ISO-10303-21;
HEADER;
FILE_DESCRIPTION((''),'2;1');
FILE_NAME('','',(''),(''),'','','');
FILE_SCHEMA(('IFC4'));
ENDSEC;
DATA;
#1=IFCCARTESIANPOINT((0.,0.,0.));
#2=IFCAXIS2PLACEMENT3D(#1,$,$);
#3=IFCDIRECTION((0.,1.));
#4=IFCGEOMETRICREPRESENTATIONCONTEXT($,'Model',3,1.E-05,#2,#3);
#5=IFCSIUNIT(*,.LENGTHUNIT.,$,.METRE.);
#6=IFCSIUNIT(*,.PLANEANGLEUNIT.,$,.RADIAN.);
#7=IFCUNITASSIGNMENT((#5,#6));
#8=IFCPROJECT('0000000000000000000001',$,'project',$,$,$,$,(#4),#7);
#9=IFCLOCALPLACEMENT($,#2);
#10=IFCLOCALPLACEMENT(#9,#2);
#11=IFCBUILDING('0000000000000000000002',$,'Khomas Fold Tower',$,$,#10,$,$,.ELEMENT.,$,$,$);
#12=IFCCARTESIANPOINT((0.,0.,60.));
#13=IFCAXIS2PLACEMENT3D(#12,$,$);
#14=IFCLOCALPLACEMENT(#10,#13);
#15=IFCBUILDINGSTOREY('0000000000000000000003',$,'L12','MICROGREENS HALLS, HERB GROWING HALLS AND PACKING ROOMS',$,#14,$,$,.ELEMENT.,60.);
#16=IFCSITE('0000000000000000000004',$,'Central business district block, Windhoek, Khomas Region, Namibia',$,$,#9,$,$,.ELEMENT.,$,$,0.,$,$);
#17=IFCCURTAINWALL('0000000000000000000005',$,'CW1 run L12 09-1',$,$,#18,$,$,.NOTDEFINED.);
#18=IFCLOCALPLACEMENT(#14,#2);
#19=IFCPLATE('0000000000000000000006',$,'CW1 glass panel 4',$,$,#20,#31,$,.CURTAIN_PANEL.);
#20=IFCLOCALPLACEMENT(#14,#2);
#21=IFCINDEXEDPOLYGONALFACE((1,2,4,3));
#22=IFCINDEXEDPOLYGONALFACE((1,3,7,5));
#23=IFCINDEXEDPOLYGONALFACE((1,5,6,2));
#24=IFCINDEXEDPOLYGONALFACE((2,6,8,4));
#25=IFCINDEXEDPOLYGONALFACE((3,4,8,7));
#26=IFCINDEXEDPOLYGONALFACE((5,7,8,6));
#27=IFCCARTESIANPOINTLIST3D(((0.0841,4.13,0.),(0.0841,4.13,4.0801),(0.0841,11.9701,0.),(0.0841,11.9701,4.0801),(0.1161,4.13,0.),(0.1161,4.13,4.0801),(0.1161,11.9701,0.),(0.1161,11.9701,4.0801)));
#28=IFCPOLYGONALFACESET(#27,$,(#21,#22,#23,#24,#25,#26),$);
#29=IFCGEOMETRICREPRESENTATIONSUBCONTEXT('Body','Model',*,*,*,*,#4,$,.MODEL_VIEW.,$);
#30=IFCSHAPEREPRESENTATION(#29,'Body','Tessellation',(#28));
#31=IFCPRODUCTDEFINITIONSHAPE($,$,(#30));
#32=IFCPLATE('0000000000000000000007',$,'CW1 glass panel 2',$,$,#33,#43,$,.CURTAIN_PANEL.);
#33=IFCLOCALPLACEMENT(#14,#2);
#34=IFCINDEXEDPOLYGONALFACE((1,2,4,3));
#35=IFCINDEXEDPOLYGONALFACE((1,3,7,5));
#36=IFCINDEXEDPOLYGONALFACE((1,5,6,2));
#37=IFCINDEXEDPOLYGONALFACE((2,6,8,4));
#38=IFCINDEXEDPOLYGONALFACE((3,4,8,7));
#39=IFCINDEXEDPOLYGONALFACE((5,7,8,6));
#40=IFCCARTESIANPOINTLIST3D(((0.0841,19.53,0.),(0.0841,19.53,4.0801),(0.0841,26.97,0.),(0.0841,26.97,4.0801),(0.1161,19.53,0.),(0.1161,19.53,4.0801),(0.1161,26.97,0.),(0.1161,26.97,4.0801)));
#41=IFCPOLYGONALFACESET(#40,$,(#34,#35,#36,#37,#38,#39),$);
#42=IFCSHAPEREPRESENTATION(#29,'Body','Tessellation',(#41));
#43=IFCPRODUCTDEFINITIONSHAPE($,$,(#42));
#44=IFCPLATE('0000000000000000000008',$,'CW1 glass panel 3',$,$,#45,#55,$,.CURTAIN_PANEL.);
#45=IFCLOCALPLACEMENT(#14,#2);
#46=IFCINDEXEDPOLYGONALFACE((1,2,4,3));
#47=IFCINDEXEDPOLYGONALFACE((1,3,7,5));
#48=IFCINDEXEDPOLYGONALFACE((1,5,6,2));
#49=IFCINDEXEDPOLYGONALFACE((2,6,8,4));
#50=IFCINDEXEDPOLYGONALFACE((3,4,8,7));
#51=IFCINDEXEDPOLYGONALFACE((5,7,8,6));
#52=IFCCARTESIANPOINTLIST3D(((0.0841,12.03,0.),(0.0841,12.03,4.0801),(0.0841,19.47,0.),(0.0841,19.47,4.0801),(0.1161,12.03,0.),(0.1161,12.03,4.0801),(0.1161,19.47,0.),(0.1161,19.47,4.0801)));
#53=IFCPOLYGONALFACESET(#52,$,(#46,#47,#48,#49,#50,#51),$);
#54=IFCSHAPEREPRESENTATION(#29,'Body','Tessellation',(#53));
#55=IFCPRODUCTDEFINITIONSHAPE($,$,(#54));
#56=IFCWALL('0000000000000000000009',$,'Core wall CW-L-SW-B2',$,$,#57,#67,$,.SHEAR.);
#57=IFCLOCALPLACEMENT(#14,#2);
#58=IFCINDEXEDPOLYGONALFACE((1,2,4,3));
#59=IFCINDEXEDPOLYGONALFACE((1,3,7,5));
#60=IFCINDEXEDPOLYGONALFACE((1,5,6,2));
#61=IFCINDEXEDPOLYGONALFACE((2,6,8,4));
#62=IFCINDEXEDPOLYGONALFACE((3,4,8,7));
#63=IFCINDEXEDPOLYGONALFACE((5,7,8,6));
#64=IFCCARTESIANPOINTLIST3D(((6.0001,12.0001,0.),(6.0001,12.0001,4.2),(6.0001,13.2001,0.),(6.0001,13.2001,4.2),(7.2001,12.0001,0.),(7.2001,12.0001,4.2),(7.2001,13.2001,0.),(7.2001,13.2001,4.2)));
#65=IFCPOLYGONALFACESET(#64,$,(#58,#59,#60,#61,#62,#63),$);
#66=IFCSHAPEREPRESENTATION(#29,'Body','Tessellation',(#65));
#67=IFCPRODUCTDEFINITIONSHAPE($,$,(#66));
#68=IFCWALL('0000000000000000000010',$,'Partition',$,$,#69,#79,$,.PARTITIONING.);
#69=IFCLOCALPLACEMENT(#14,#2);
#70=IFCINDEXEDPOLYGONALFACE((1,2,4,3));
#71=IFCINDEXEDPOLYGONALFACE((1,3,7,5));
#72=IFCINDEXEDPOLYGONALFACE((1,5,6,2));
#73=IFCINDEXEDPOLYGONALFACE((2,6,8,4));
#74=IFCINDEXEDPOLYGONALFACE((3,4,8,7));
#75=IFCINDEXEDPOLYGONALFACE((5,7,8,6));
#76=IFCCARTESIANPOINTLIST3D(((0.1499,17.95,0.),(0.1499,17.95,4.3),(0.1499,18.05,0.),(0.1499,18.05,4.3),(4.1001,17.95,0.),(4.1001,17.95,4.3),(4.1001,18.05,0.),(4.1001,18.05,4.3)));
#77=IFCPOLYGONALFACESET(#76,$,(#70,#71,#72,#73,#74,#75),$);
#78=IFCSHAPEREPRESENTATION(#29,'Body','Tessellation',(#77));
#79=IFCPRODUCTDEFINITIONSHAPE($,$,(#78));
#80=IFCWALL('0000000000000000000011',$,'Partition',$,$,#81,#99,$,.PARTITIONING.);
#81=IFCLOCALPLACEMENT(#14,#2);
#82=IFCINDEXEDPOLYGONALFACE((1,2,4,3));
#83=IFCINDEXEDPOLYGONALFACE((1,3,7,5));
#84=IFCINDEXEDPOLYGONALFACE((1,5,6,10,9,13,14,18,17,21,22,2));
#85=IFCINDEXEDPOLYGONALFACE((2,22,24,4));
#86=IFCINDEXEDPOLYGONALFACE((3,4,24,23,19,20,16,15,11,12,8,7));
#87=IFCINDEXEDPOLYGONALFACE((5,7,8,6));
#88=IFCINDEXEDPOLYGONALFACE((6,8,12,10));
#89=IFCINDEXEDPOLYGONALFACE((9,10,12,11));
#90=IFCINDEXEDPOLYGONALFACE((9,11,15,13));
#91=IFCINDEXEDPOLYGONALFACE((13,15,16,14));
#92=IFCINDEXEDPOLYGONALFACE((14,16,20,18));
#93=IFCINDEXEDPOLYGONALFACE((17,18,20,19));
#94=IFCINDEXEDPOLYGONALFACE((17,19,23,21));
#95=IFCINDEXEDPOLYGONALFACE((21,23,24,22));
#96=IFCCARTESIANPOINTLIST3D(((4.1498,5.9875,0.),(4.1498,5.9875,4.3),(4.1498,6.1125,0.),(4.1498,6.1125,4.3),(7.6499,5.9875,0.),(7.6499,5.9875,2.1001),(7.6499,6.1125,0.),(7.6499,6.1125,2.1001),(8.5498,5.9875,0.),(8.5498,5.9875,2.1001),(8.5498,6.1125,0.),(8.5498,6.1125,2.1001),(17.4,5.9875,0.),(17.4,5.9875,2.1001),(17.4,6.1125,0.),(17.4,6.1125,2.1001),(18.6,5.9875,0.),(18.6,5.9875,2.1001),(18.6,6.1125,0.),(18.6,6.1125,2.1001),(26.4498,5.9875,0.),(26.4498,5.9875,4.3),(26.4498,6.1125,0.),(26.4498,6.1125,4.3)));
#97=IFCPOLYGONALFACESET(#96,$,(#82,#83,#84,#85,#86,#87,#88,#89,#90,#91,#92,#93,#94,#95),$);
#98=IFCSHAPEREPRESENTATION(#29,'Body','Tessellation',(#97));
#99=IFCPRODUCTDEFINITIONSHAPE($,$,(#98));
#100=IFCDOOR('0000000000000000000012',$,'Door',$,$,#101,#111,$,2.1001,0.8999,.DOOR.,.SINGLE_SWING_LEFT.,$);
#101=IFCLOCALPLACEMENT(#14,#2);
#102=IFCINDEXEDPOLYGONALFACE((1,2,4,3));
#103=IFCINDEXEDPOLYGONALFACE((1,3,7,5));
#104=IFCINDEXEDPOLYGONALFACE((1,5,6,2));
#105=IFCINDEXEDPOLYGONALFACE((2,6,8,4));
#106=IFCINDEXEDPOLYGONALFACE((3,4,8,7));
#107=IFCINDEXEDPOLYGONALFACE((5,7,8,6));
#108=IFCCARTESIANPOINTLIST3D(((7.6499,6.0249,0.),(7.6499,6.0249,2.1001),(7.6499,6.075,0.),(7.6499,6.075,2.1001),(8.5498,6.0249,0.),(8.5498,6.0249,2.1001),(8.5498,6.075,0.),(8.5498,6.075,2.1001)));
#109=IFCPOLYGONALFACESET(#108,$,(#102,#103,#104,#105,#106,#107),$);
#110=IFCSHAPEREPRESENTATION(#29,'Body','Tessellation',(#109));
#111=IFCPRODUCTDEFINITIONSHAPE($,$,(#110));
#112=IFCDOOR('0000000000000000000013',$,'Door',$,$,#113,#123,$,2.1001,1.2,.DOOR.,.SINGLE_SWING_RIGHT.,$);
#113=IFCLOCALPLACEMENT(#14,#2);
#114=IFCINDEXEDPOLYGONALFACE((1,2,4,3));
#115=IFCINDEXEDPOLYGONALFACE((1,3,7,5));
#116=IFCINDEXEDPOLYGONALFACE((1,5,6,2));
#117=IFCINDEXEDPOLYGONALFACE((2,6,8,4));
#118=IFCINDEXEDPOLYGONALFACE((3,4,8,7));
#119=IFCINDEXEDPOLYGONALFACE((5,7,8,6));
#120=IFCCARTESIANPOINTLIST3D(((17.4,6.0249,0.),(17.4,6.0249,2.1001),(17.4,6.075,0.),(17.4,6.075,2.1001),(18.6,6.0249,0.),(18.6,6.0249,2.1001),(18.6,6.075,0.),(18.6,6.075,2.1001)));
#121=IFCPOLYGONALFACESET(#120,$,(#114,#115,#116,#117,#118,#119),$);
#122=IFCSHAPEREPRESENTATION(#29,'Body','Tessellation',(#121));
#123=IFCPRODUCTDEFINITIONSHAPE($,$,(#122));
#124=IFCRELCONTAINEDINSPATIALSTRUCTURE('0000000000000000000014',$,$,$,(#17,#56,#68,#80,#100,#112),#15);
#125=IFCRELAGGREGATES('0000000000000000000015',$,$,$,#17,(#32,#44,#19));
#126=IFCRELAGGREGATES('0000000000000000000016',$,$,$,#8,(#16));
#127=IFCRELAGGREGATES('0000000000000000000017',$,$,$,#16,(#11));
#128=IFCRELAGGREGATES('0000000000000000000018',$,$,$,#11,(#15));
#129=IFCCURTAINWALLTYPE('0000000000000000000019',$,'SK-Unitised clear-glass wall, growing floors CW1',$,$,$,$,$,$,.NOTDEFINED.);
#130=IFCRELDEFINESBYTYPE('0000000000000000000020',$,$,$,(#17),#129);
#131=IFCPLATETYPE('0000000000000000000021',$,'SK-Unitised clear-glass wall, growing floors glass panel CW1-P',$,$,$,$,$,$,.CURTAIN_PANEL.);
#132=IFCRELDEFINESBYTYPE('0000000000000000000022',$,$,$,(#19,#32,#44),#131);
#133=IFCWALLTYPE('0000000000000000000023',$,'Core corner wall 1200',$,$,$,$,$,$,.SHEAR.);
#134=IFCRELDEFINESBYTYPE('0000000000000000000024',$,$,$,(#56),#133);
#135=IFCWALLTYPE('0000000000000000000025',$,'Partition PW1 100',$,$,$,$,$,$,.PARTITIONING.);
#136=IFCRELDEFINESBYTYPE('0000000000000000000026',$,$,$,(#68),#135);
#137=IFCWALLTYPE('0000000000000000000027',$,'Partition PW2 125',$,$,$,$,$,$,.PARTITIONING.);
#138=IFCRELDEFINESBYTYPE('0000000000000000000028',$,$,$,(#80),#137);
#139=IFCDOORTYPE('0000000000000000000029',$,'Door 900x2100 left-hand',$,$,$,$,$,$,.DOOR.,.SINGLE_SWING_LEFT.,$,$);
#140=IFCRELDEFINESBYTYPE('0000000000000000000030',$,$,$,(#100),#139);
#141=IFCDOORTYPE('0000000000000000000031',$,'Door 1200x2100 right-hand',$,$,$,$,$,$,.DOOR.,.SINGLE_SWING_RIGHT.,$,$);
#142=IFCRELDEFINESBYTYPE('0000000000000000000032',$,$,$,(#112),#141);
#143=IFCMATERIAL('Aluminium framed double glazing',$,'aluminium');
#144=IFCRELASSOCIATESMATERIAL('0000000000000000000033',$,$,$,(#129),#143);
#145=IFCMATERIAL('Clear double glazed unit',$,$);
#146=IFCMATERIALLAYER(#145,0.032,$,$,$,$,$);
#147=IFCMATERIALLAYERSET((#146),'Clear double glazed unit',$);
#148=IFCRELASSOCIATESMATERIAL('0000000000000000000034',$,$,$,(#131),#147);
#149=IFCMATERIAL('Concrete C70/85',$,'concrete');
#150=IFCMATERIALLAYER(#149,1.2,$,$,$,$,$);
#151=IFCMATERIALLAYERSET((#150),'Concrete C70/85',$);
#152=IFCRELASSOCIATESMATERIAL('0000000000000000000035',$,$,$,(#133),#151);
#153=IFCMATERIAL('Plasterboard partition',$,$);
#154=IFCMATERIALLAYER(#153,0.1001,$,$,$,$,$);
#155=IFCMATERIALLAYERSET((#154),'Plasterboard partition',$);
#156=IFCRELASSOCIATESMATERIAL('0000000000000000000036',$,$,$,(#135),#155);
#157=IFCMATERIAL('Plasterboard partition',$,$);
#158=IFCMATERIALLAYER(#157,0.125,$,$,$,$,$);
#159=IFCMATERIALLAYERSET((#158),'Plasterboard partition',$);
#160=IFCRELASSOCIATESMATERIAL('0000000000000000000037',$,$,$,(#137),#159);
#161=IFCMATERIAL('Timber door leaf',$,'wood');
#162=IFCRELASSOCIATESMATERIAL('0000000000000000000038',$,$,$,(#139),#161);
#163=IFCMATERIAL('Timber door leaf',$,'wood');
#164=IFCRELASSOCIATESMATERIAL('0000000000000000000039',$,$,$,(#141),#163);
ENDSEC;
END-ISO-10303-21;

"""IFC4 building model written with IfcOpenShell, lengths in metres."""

from ifc_helpers import new_model, si_unit, direction, frame, frame_2d, origin, origin_2d, place, context, subcontext, project, spatial, rectangle, extrude, source, transform, mapped, material, layer, layer_set, type_object, element, fill, aggregate, save


model = new_model("IFC4")

# Units and contexts
model_context = context("Model", 3, precision=1e-05, world=origin(), true_north=direction((0.0, 1.0)))
body_context = subcontext(model_context, "Body", "Model", "MODEL_VIEW")
ifc_project = project(units=[si_unit("LENGTHUNIT", "METRE"), si_unit("PLANEANGLEUNIT", "RADIAN")], contexts=[model_context])

# Site, building, storey
site_placement = place(None, origin())
site = spatial("IfcSite", under=ifc_project, at=site_placement, Name="Central business district block, Windhoek, Khomas Region, Namibia", CompositionType="ELEMENT", RefElevation=0.0)
building_placement = place(site_placement, origin())
building = spatial("IfcBuilding", under=site, at=building_placement, Name="Khomas Fold Tower", CompositionType="ELEMENT")
storey_placement = place(building_placement, frame((0.0, 0.0, 60.0)))
storey = spatial("IfcBuildingStorey", under=building, at=storey_placement, Name="L12", Description="MICROGREENS HALLS, HERB GROWING HALLS AND PACKING ROOMS", CompositionType="ELEMENT", Elevation=60.0)

# Curtain wall
ifc_material_1 = material(Name="Aluminium framed double glazing", Category="aluminium")
curtain_wall_type = type_object("IfcCurtainWallType", Name="SK-Unitised clear-glass wall, growing floors CW1", PredefinedType="NOTDEFINED", material=ifc_material_1)
curtain_wall_placement = place(storey_placement, origin())
curtain_wall = element("IfcCurtainWall", 1, at=curtain_wall_placement, inside=storey, type_object=curtain_wall_type, Name="CW1 run L12 09-1", PredefinedType="NOTDEFINED")

# Plates
ifc_material_2 = material(Name="Clear double glazed unit")
ifc_layer_1 = layer(ifc_material_2, 0.032)
ifc_layer_set_1 = layer_set([ifc_layer_1], Name="Clear double glazed unit")
plate_type_1 = type_object("IfcPlateType", Name="SK-Unitised clear-glass wall, growing floors glass panel CW1-P", PredefinedType="CURTAIN_PANEL", material=ifc_layer_set_1)
shared_shape_1 = source(origin(), body_context, "Body", "SweptSolid", [
    extrude(rectangle(XDim=7.8401, YDim=0.032, at=origin_2d()), origin(), (0.0, 0.0, 1.0), 4.0801),
])
plate_1_placement = place(storey_placement, frame((0.1001, 8.05, 0.0), z_axis=(0.0, 0.0, 1.0), x_axis=(0.0, -1.0, 0.0)))
plate_1 = element("IfcPlate", 2, at=plate_1_placement, type_object=plate_type_1, Name="CW1 glass panel 4", PredefinedType="CURTAIN_PANEL", context=body_context, shape_type="MappedRepresentation", body=[
    mapped(shared_shape_1, transform((0.0, 0.0, 0.0))),
])
shared_shape_2 = source(origin(), body_context, "Body", "SweptSolid", [
    extrude(rectangle(XDim=7.4399, YDim=0.032, at=origin_2d()), origin(), (0.0, 0.0, 1.0), 4.0801),
])
plate_2_placement = place(storey_placement, frame((0.1001, 23.25, 0.0), z_axis=(0.0, 0.0, 1.0), x_axis=(0.0, -1.0, 0.0)))
plate_2 = element("IfcPlate", 3, at=plate_2_placement, type_object=plate_type_1, Name="CW1 glass panel 2", PredefinedType="CURTAIN_PANEL", context=body_context, shape_type="MappedRepresentation", body=[
    mapped(shared_shape_2, transform((0.0, 0.0, 0.0))),
])
plate_3_placement = place(storey_placement, frame((0.1001, 15.75, 0.0), z_axis=(0.0, 0.0, 1.0), x_axis=(0.0, -1.0, 0.0)))
plate_3 = element("IfcPlate", 4, at=plate_3_placement, type_object=plate_type_1, Name="CW1 glass panel 3", PredefinedType="CURTAIN_PANEL", context=body_context, shape_type="MappedRepresentation", body=[
    mapped(shared_shape_2, transform((0.0, 0.0, 0.0))),
])
aggregate(curtain_wall, [plate_2, plate_3, plate_1])

# Walls
ifc_material_3 = material(Name="Concrete C70/85", Category="concrete")
ifc_layer_2 = layer(ifc_material_3, 1.2)
ifc_layer_set_2 = layer_set([ifc_layer_2], Name="Concrete C70/85")
wall_type_1 = type_object("IfcWallType", Name="Core corner wall 1200", PredefinedType="SHEAR", material=ifc_layer_set_2)
shared_shape_3 = source(origin(), body_context, "Body", "SweptSolid", [
    extrude(rectangle(XDim=1.2, YDim=1.2, at=frame_2d((0.6001, 0.0))), origin(), (0.0, 0.0, 1.0), 4.2),
])
wall_1_placement = place(storey_placement, frame((6.0, 12.6001, 0.0), z_axis=(0.0, 0.0, 1.0), x_axis=(1.0, 0.0, 0.0)))
element("IfcWall", 5, at=wall_1_placement, inside=storey, type_object=wall_type_1, Name="Core wall CW-L-SW-B2", PredefinedType="SHEAR", context=body_context, shape_type="MappedRepresentation", body=[
    mapped(shared_shape_3, transform((0.0, 0.0, 0.0))),
])
ifc_material_4 = material(Name="Plasterboard partition")
ifc_layer_3 = layer(ifc_material_4, 0.1001)
ifc_layer_set_3 = layer_set([ifc_layer_3], Name="Plasterboard partition")
wall_type_2 = type_object("IfcWallType", Name="Partition PW1 100", PredefinedType="PARTITIONING", material=ifc_layer_set_3)
shared_shape_4 = source(origin(), body_context, "Body", "SweptSolid", [
    extrude(rectangle(XDim=3.9502, YDim=0.1001, at=frame_2d((1.9751, 0.0))), origin(), (0.0, 0.0, 1.0), 4.3),
])
wall_2_placement = place(storey_placement, frame((0.1499, 18.0, 0.0), z_axis=(0.0, 0.0, 1.0), x_axis=(1.0, 0.0, 0.0)))
element("IfcWall", 6, at=wall_2_placement, inside=storey, type_object=wall_type_2, Name="Partition", PredefinedType="PARTITIONING", context=body_context, shape_type="MappedRepresentation", body=[
    mapped(shared_shape_4, transform((0.0, 0.0, 0.0))),
])

# Wall, openings, doors
ifc_material_5 = material(Name="Plasterboard partition")
ifc_layer_4 = layer(ifc_material_5, 0.125)
ifc_layer_set_4 = layer_set([ifc_layer_4], Name="Plasterboard partition")
wall_type_3 = type_object("IfcWallType", Name="Partition PW2 125", PredefinedType="PARTITIONING", material=ifc_layer_set_4)
shared_shape_5 = source(origin(), body_context, "Body", "SweptSolid", [
    extrude(rectangle(XDim=22.3, YDim=0.125, at=frame_2d((11.1499, 0.0))), origin(), (0.0, 0.0, 1.0), 4.3),
])
wall_3_placement = place(storey_placement, frame((4.1499, 6.05, 0.0), z_axis=(0.0, 0.0, 1.0), x_axis=(1.0, 0.0, 0.0)))
wall_3 = element("IfcWall", 7, at=wall_3_placement, inside=storey, type_object=wall_type_3, Name="Partition", PredefinedType="PARTITIONING", context=body_context, shape_type="MappedRepresentation", body=[
    mapped(shared_shape_5, transform((0.0, 0.0, 0.0))),
])
shared_shape_6 = source(origin(), body_context, "Body", "SweptSolid", [
    extrude(rectangle(XDim=0.8999, YDim=2.1001, at=frame_2d((0.45, 1.05))), frame((0.0, 0.0725, 0.0), z_axis=(0.0, -1.0, 0.0), x_axis=(1.0, 0.0, 0.0)), (0.0, 0.0, 1.0), 0.145),
])
opening_1_placement = place(wall_3_placement, frame((3.5, 0.0, 0.0)))
opening_1 = element("IfcOpeningElement", 8, at=opening_1_placement, cuts=wall_3, PredefinedType="OPENING", context=body_context, shape_type="MappedRepresentation", body=[
    mapped(shared_shape_6, transform((0.0, 0.0, 0.0))),
])
shared_shape_7 = source(origin(), body_context, "Body", "SweptSolid", [
    extrude(rectangle(XDim=1.2, YDim=2.1001, at=frame_2d((0.6001, 1.05))), frame((0.0, 0.0725, 0.0), z_axis=(0.0, -1.0, 0.0), x_axis=(1.0, 0.0, 0.0)), (0.0, 0.0, 1.0), 0.145),
])
opening_2_placement = place(wall_3_placement, frame((13.25, 0.0, 0.0)))
opening_2 = element("IfcOpeningElement", 9, at=opening_2_placement, cuts=wall_3, PredefinedType="OPENING", context=body_context, shape_type="MappedRepresentation", body=[
    mapped(shared_shape_7, transform((0.0, 0.0, 0.0))),
])
ifc_material_6 = material(Name="Timber door leaf", Category="wood")
door_type_1 = type_object("IfcDoorType", Name="Door 900x2100 left-hand", OperationType="SINGLE_SWING_LEFT", PredefinedType="DOOR", material=ifc_material_6)
shared_shape_8 = source(origin(), body_context, "Body", "SweptSolid", [
    extrude(rectangle(XDim=0.8999, YDim=2.1001, at=frame_2d((0.45, 1.05))), frame((0.0, 0.0249, 0.0), z_axis=(0.0, -1.0, 0.0), x_axis=(1.0, 0.0, 0.0)), (0.0, 0.0, 1.0), 0.05),
])
door_1_placement = place(opening_1_placement, origin())
door_1 = element("IfcDoor", 10, at=door_1_placement, inside=storey, type_object=door_type_1, Name="Door", OperationType="SINGLE_SWING_LEFT", OverallHeight=2.1001, OverallWidth=0.8999, PredefinedType="DOOR", context=body_context, shape_type="MappedRepresentation", body=[
    mapped(shared_shape_8, transform((0.0, 0.0, 0.0))),
])
fill(opening_1, door_1)
ifc_material_7 = material(Name="Timber door leaf", Category="wood")
door_type_2 = type_object("IfcDoorType", Name="Door 1200x2100 right-hand", OperationType="SINGLE_SWING_RIGHT", PredefinedType="DOOR", material=ifc_material_7)
shared_shape_9 = source(origin(), body_context, "Body", "SweptSolid", [
    extrude(rectangle(XDim=1.2, YDim=2.1001, at=frame_2d((0.6001, 1.05))), frame((0.0, 0.0249, 0.0), z_axis=(0.0, -1.0, 0.0), x_axis=(1.0, 0.0, 0.0)), (0.0, 0.0, 1.0), 0.05),
])
door_2_placement = place(opening_2_placement, origin())
door_2 = element("IfcDoor", 11, at=door_2_placement, inside=storey, type_object=door_type_2, Name="Door", OperationType="SINGLE_SWING_RIGHT", OverallHeight=2.1001, OverallWidth=1.2, PredefinedType="DOOR", context=body_context, shape_type="MappedRepresentation", body=[
    mapped(shared_shape_9, transform((0.0, 0.0, 0.0))),
])
fill(opening_2, door_2)

save(model, "model.ifc")
